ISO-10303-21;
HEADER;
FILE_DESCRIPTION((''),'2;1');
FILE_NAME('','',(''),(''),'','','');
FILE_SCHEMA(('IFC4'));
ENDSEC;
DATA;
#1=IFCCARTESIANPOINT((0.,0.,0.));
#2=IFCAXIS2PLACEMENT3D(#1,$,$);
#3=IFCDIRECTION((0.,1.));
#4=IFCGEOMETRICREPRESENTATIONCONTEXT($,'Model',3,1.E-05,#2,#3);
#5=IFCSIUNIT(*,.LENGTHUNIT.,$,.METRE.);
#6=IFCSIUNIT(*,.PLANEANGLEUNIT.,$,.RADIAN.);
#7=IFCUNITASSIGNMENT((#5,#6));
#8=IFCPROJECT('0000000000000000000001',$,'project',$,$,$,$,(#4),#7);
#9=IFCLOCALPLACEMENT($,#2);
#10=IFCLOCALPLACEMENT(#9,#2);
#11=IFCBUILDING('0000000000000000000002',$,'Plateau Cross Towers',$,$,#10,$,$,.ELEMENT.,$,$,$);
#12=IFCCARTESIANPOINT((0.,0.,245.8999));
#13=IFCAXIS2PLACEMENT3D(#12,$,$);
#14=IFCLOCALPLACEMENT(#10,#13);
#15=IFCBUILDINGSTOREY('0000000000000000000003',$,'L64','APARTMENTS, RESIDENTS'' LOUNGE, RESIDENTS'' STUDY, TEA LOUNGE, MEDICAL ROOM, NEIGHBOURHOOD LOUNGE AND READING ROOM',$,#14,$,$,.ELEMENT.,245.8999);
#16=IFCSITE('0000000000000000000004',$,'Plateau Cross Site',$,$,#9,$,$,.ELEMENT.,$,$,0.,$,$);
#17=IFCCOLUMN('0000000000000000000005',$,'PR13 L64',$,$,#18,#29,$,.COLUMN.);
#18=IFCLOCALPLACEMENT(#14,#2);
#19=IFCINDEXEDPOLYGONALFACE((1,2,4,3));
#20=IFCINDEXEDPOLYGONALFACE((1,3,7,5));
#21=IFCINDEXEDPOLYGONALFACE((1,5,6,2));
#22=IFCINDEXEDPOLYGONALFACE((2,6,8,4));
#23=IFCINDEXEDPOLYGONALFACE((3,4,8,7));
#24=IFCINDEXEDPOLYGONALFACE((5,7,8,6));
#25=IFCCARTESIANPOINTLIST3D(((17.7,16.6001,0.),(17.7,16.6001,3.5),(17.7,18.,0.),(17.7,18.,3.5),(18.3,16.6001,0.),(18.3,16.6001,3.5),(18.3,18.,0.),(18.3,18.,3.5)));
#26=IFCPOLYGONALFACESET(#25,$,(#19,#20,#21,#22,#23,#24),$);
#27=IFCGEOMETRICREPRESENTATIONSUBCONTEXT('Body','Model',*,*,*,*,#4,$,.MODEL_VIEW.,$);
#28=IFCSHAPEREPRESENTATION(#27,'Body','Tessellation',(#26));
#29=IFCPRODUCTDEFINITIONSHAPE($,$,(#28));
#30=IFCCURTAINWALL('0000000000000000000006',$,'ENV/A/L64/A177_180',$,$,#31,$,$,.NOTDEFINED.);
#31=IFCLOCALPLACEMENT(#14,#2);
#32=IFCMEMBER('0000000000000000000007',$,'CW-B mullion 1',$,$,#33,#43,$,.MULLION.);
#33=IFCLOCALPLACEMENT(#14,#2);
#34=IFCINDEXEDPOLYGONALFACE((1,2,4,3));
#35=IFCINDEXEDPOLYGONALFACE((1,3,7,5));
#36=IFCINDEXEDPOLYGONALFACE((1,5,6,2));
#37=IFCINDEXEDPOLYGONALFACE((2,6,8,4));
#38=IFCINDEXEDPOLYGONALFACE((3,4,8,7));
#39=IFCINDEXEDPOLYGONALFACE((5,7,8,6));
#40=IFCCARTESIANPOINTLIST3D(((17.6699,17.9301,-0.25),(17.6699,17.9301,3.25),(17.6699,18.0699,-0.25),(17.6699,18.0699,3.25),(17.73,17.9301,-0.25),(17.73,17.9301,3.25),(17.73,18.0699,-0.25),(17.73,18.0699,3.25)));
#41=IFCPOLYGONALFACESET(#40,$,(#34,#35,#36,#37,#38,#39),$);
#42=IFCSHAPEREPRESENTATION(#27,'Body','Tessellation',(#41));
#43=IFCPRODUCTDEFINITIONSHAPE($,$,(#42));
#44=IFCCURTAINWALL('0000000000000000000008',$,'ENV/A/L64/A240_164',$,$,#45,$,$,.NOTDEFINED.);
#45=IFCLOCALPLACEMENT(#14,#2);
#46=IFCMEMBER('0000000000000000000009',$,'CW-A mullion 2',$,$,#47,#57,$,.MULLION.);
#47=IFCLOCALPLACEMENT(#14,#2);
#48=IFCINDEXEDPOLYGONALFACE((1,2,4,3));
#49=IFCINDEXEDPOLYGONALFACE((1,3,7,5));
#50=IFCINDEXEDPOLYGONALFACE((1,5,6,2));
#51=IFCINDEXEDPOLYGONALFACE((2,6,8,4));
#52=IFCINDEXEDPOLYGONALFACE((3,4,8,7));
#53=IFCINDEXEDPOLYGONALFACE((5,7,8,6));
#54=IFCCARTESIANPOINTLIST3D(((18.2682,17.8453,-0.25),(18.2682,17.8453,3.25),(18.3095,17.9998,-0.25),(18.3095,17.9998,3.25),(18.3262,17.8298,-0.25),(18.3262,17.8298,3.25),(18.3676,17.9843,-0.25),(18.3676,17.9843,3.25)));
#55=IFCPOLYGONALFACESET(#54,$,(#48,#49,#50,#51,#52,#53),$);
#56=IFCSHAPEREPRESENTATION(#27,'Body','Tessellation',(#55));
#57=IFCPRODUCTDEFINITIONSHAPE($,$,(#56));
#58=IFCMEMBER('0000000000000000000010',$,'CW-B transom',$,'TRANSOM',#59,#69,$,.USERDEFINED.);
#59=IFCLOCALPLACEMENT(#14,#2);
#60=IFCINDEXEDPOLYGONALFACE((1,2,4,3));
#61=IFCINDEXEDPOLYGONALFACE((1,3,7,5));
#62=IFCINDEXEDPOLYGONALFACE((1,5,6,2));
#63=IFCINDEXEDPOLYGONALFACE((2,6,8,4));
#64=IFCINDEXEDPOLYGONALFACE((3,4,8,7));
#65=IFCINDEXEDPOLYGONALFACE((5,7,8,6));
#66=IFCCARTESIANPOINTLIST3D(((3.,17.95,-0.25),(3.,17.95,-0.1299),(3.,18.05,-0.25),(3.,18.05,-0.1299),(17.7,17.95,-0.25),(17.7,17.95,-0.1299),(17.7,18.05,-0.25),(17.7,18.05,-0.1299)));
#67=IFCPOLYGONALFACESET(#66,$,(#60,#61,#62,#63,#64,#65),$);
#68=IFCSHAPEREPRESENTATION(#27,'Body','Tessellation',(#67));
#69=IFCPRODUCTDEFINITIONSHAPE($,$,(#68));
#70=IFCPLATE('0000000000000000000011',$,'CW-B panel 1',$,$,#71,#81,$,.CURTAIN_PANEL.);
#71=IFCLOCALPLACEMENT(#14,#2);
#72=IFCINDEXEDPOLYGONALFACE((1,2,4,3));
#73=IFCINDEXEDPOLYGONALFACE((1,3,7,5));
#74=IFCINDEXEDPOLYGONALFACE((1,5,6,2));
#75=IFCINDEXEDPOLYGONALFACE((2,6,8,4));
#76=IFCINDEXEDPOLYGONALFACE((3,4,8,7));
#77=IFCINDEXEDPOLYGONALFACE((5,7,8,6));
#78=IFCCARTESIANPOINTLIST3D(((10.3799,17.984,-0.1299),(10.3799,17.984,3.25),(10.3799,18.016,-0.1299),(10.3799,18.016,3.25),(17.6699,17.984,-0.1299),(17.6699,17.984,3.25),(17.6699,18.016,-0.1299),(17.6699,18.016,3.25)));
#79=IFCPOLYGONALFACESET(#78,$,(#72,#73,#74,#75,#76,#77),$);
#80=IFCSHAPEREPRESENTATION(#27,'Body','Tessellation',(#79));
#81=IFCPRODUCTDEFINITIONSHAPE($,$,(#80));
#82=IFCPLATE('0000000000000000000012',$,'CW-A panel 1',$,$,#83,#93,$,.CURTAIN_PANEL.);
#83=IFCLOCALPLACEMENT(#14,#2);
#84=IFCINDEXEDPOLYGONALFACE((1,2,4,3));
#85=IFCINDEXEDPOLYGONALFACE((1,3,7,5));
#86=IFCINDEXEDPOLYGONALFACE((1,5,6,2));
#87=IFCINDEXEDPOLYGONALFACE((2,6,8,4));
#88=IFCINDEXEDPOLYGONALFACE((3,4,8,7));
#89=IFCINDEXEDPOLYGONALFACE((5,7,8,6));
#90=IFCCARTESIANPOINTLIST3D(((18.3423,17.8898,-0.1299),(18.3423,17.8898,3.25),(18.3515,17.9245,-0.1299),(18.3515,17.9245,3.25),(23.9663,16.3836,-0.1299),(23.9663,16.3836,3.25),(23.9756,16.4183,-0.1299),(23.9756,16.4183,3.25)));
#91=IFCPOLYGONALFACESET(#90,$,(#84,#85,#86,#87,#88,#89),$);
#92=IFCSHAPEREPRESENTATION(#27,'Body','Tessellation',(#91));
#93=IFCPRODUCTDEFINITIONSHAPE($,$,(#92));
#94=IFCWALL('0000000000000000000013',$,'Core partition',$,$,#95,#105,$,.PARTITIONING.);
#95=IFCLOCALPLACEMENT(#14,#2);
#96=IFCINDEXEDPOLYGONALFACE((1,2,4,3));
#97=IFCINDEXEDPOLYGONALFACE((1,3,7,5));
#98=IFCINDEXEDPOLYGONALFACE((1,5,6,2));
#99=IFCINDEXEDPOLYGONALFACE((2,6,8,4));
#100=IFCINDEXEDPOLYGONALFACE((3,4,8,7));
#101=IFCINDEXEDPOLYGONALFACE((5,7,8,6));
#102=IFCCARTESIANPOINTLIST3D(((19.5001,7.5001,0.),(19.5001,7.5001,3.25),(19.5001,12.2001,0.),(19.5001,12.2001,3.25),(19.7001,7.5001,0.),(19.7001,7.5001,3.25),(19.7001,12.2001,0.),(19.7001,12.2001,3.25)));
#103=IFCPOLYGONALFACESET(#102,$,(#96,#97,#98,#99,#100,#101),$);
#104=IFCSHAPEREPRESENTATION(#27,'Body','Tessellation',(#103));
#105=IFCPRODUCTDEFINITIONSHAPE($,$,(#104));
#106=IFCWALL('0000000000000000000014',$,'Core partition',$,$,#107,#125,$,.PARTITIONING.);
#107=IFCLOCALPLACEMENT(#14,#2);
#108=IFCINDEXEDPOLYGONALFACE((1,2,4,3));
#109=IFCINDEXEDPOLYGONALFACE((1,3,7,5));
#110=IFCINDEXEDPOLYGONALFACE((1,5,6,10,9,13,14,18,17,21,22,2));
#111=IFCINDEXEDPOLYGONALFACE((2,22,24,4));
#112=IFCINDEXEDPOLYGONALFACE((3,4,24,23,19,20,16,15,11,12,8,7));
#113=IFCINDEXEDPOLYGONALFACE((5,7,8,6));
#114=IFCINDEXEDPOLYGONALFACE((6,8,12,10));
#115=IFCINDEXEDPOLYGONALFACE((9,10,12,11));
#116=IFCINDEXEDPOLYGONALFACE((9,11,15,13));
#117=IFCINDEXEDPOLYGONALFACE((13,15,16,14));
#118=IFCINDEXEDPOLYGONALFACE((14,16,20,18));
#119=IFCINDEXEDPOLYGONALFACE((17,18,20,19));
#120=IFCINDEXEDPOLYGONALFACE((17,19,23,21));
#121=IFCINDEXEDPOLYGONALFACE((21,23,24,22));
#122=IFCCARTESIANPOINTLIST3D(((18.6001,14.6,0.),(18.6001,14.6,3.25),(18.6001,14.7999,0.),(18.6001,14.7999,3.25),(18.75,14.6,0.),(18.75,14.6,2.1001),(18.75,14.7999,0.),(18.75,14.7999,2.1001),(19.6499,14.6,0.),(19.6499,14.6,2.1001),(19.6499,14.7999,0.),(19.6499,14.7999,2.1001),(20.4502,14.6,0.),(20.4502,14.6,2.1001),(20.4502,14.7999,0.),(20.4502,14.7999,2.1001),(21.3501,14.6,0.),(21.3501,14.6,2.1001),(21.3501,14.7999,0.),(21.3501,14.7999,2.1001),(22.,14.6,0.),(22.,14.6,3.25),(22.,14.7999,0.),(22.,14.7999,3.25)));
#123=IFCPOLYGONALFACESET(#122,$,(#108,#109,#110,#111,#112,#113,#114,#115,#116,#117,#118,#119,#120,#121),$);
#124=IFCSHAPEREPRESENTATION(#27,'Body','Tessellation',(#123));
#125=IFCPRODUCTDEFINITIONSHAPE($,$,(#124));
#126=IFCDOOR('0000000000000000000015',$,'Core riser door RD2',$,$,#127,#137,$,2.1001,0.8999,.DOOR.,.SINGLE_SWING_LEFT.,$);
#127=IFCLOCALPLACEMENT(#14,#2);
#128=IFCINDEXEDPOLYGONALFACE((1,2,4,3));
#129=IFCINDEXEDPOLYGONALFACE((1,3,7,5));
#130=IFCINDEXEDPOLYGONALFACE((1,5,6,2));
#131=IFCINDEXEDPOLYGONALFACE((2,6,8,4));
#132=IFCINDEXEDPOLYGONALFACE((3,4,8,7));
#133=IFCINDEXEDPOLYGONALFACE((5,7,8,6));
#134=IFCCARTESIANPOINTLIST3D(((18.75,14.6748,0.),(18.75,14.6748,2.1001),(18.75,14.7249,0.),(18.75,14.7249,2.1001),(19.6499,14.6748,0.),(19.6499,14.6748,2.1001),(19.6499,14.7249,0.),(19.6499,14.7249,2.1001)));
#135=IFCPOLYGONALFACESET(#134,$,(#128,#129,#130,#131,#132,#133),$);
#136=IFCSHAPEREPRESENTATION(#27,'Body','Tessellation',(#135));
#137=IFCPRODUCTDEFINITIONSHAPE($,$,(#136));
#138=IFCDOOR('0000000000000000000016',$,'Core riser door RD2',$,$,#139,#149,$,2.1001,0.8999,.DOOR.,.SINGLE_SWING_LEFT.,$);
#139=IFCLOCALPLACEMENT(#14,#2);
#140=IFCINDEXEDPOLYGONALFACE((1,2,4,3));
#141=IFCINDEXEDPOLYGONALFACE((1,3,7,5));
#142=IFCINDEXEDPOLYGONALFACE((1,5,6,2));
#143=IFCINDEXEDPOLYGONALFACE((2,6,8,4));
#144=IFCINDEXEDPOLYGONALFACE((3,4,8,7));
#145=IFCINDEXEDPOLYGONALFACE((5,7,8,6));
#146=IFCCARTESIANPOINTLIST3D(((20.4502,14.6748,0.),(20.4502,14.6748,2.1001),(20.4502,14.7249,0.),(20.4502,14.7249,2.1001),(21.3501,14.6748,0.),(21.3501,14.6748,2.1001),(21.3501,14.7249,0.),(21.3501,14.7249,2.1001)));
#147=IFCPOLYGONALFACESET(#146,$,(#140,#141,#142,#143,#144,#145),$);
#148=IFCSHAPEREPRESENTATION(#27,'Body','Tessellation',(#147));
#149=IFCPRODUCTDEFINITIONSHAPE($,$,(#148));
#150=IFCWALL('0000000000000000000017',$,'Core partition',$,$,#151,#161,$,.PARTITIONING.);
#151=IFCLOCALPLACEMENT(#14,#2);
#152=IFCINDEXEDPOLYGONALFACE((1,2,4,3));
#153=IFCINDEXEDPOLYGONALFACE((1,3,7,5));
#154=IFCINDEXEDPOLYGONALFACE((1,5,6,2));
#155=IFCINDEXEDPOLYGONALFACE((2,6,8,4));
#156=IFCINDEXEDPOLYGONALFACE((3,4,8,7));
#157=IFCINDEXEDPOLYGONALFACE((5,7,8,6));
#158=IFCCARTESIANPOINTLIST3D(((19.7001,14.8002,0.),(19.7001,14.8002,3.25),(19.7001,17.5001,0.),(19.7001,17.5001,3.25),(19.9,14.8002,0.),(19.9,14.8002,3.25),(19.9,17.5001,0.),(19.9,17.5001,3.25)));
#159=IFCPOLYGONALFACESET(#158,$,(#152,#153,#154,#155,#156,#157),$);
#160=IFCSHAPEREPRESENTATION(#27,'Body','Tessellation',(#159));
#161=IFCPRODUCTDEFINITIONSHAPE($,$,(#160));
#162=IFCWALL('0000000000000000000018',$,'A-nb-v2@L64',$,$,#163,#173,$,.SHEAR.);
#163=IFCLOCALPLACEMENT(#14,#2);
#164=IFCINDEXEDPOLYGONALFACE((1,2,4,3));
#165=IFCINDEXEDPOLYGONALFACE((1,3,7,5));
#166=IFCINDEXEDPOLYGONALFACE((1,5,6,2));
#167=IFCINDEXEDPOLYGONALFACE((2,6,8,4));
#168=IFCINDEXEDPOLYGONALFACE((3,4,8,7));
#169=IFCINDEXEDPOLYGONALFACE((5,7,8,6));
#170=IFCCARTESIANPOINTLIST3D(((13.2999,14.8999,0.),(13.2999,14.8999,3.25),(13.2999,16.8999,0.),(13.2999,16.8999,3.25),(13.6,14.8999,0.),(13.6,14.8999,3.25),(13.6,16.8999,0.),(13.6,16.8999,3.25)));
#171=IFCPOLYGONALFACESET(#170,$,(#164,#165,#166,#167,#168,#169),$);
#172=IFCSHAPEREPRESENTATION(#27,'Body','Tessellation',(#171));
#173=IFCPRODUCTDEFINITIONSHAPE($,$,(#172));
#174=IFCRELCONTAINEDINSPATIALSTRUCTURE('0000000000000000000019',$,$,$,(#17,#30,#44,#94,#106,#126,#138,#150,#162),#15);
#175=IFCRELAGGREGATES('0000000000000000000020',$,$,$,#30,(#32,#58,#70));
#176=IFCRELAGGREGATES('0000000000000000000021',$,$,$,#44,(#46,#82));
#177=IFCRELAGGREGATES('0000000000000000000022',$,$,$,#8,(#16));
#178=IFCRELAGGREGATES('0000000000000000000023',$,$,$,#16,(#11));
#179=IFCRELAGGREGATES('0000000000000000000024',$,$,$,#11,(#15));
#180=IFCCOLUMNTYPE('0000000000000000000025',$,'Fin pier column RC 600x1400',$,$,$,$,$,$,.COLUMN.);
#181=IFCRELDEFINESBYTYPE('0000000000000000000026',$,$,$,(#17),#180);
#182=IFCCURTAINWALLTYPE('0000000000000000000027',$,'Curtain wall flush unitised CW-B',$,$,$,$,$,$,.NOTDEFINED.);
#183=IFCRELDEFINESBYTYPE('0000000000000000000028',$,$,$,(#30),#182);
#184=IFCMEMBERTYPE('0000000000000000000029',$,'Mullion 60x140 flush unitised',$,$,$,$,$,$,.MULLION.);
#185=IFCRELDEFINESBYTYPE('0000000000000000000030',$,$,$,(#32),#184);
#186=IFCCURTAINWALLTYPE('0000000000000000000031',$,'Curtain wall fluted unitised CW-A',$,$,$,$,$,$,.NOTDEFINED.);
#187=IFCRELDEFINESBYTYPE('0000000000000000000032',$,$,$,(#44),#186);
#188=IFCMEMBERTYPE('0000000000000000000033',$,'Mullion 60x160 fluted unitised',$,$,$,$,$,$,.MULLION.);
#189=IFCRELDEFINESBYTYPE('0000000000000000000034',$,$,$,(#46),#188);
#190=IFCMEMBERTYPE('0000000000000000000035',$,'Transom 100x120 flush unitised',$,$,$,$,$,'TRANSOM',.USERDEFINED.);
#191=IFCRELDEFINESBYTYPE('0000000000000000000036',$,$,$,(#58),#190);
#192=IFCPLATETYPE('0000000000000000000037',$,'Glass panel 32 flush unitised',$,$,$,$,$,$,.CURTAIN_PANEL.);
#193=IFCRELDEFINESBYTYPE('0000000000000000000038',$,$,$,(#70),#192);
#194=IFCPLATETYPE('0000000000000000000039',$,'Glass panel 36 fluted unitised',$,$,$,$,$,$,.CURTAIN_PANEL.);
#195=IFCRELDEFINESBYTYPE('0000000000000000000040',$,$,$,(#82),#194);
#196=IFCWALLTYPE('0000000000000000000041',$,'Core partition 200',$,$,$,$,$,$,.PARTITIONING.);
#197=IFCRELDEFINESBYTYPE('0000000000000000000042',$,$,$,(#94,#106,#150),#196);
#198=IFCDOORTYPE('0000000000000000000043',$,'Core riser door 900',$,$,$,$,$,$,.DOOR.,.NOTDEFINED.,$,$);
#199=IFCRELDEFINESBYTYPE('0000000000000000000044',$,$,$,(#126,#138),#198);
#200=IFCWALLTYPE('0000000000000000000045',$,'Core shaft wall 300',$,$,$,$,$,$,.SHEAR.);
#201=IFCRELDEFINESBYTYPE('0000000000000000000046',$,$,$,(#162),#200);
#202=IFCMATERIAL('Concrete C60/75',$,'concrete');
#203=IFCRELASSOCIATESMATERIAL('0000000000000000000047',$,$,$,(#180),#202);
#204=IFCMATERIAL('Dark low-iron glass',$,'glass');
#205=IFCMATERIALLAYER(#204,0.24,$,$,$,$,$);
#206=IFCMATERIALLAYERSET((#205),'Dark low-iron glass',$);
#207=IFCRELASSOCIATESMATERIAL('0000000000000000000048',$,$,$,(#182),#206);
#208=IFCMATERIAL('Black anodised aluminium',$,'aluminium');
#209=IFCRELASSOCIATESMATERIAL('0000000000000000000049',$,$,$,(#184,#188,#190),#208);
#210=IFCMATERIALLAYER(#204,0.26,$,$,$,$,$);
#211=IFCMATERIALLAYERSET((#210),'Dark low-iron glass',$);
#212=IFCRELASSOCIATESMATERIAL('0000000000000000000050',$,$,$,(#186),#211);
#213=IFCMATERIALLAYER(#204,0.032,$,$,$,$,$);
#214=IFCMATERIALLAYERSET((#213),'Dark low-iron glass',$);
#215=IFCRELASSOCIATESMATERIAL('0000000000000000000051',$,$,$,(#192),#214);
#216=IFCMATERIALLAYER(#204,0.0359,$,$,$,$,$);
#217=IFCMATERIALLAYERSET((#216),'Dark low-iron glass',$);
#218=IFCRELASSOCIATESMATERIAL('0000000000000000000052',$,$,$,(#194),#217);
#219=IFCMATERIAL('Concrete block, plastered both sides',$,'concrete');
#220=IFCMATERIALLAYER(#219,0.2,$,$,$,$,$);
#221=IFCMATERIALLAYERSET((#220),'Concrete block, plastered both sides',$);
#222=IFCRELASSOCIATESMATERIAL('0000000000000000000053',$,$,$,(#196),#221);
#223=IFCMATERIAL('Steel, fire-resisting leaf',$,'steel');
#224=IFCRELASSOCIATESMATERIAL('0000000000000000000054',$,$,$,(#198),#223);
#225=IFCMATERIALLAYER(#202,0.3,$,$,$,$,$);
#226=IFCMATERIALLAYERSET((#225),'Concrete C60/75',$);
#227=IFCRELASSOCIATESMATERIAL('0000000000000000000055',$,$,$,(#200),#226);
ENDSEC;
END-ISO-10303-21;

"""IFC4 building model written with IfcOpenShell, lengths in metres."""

from ifc_helpers import new_model, si_unit, direction, frame, frame_2d, origin, origin_2d, place, context, subcontext, project, spatial, rectangle, extrude, material, layer, layer_set, material_profile, profile_set, type_object, element, fill, aggregate, save


model = new_model("IFC4")

# Units and contexts
model_context = context("Model", 3, precision=1e-05, world=origin(), true_north=direction((0.0, 1.0)))
body_context = subcontext(model_context, "Body", "Model", "MODEL_VIEW")
ifc_project = project(units=[si_unit("LENGTHUNIT", "METRE"), si_unit("PLANEANGLEUNIT", "RADIAN")], contexts=[model_context])

# Site, building, storey
site_placement = place(None, origin())
site = spatial("IfcSite", under=ifc_project, at=site_placement, Name="Plateau Cross Site", CompositionType="ELEMENT", RefElevation=0.0)
building_placement = place(site_placement, origin())
building = spatial("IfcBuilding", under=site, at=building_placement, Name="Plateau Cross Towers", CompositionType="ELEMENT")
storey_placement = place(building_placement, frame((0.0, 0.0, 245.8999)))
storey = spatial("IfcBuildingStorey", under=building, at=storey_placement, Name="L64", Description="APARTMENTS, RESIDENTS' LOUNGE, RESIDENTS' STUDY, TEA LOUNGE, MEDICAL ROOM, NEIGHBOURHOOD LOUNGE AND READING ROOM", CompositionType="ELEMENT", Elevation=245.8999)

# Column
ifc_material_1 = material(Name="Concrete C60/75", Category="concrete")
ifc_material_profile_1 = material_profile(ifc_material_1, rectangle(XDim=0.6001, YDim=1.3999, at=origin_2d()), Name="RC 600x1400")
ifc_profile_set_1 = profile_set([ifc_material_profile_1], Name="Concrete C60/75")
column_type = type_object("IfcColumnType", Name="Fin pier column RC 600x1400", PredefinedType="COLUMN", material=ifc_profile_set_1)
column_placement = place(storey_placement, frame((18.0, 17.3, 0.0), z_axis=(0.0, 0.0, 1.0), x_axis=(1.0, 0.0, 0.0)))
element("IfcColumn", 1, at=column_placement, inside=storey, type_object=column_type, Name="PR13 L64", PredefinedType="COLUMN", context=body_context, shape_type="SweptSolid", body=[
    extrude(rectangle(XDim=0.6001, YDim=1.3999, at=origin_2d()), origin(), (0.0, 0.0, 1.0), 3.5),
])

# Curtain walls, members
ifc_material_2 = material(Name="Dark low-iron glass", Category="glass")
ifc_layer_1 = layer(ifc_material_2, 0.24)
ifc_layer_set_1 = layer_set([ifc_layer_1], Name="Dark low-iron glass")
curtain_wall_type_1 = type_object("IfcCurtainWallType", Name="Curtain wall flush unitised CW-B", PredefinedType="NOTDEFINED", material=ifc_layer_set_1)
curtain_wall_1_placement = place(storey_placement, origin())
curtain_wall_1 = element("IfcCurtainWall", 2, at=curtain_wall_1_placement, inside=storey, type_object=curtain_wall_type_1, Name="ENV/A/L64/A177_180", PredefinedType="NOTDEFINED")
ifc_material_3 = material(Name="Black anodised aluminium", Category="aluminium")
ifc_material_profile_2 = material_profile(ifc_material_3, rectangle(XDim=0.0601, YDim=0.1399, at=origin_2d()), Name="MULLION 60x140")
ifc_profile_set_2 = profile_set([ifc_material_profile_2], Name="Black anodised aluminium")
member_type_1 = type_object("IfcMemberType", Name="Mullion 60x140 flush unitised", PredefinedType="MULLION", material=ifc_profile_set_2)
member_1_placement = place(storey_placement, frame((17.7, 18.0, -0.25), z_axis=(0.0, 0.0, 1.0), x_axis=(-1.0, 0.0, 0.0)))
member_1 = element("IfcMember", 3, at=member_1_placement, type_object=member_type_1, Name="CW-B mullion 1", PredefinedType="MULLION", context=body_context, shape_type="SweptSolid", body=[
    extrude(rectangle(XDim=0.0601, YDim=0.1399, at=origin_2d()), origin(), (0.0, 0.0, 1.0), 3.5),
])
ifc_layer_2 = layer(ifc_material_2, 0.26)
ifc_layer_set_2 = layer_set([ifc_layer_2], Name="Dark low-iron glass")
curtain_wall_type_2 = type_object("IfcCurtainWallType", Name="Curtain wall fluted unitised CW-A", PredefinedType="NOTDEFINED", material=ifc_layer_set_2)
curtain_wall_2_placement = place(storey_placement, origin())
curtain_wall_2 = element("IfcCurtainWall", 4, at=curtain_wall_2_placement, inside=storey, type_object=curtain_wall_type_2, Name="ENV/A/L64/A240_164", PredefinedType="NOTDEFINED")
ifc_material_profile_3 = material_profile(ifc_material_3, rectangle(XDim=0.0601, YDim=0.1599, at=origin_2d()), Name="MULLION 60x160")
ifc_profile_set_3 = profile_set([ifc_material_profile_3], Name="Black anodised aluminium")
member_type_2 = type_object("IfcMemberType", Name="Mullion 60x160 fluted unitised", PredefinedType="MULLION", material=ifc_profile_set_3)
member_2_placement = place(storey_placement, frame((18.3179, 17.9148, -0.25), z_axis=(0.0, 0.0, 1.0), x_axis=(-0.965958, 0.258699, 0.0)))
member_2 = element("IfcMember", 5, at=member_2_placement, type_object=member_type_2, Name="CW-A mullion 2", PredefinedType="MULLION", context=body_context, shape_type="SweptSolid", body=[
    extrude(rectangle(XDim=0.0601, YDim=0.1599, at=origin_2d()), origin(), (0.0, 0.0, 1.0), 3.5),
])

# Member
ifc_material_profile_4 = material_profile(ifc_material_3, rectangle(XDim=0.1001, YDim=0.1201, at=origin_2d()), Name="TRANSOM 100x120")
ifc_profile_set_4 = profile_set([ifc_material_profile_4], Name="Black anodised aluminium")
member_type_3 = type_object("IfcMemberType", Name="Transom 100x120 flush unitised", ElementType="TRANSOM", PredefinedType="USERDEFINED", material=ifc_profile_set_4)
member_3_placement = place(storey_placement, frame((17.7, 18.0, -0.1899), z_axis=(-1.0, 0.0, 0.0), x_axis=(0.0, -1.0, 0.0)))
member_3 = element("IfcMember", 6, at=member_3_placement, type_object=member_type_3, Name="CW-B transom", ObjectType="TRANSOM", PredefinedType="USERDEFINED", context=body_context, shape_type="SweptSolid", body=[
    extrude(rectangle(XDim=0.1001, YDim=0.1201, at=origin_2d()), origin(), (0.0, 0.0, 1.0), 14.7),
])

# Plates
ifc_layer_3 = layer(ifc_material_2, 0.032)
ifc_layer_set_3 = layer_set([ifc_layer_3], Name="Dark low-iron glass")
plate_type_1 = type_object("IfcPlateType", Name="Glass panel 32 flush unitised", PredefinedType="CURTAIN_PANEL", material=ifc_layer_set_3)
plate_1_placement = place(storey_placement, frame((14.0249, 18.0, -0.1299), z_axis=(0.0, 0.0, 1.0), x_axis=(-1.0, 0.0, 0.0)))
plate_1 = element("IfcPlate", 7, at=plate_1_placement, type_object=plate_type_1, Name="CW-B panel 1", PredefinedType="CURTAIN_PANEL", context=body_context, shape_type="SweptSolid", body=[
    extrude(rectangle(XDim=7.29, YDim=0.032, at=origin_2d()), origin(), (0.0, 0.0, 1.0), 3.3799),
])
aggregate(curtain_wall_1, [member_1, member_3, plate_1])
ifc_layer_4 = layer(ifc_material_2, 0.0359)
ifc_layer_set_4 = layer_set([ifc_layer_4], Name="Dark low-iron glass")
plate_type_2 = type_object("IfcPlateType", Name="Glass panel 36 fluted unitised", PredefinedType="CURTAIN_PANEL", material=ifc_layer_set_4)
plate_2_placement = place(storey_placement, frame((21.1589, 17.1541, -0.1299), z_axis=(0.0, 0.0, 1.0), x_axis=(-0.965958, 0.258699, 0.0)))
plate_2 = element("IfcPlate", 8, at=plate_2_placement, type_object=plate_type_2, Name="CW-A panel 1", PredefinedType="CURTAIN_PANEL", context=body_context, shape_type="SweptSolid", body=[
    extrude(rectangle(XDim=5.8223, YDim=0.0359, at=origin_2d()), origin(), (0.0, 0.0, 1.0), 3.3799),
])
aggregate(curtain_wall_2, [member_2, plate_2])

# Wall
ifc_material_4 = material(Name="Concrete block, plastered both sides", Category="concrete")
ifc_layer_5 = layer(ifc_material_4, 0.2)
ifc_layer_set_5 = layer_set([ifc_layer_5], Name="Concrete block, plastered both sides")
wall_type_1 = type_object("IfcWallType", Name="Core partition 200", PredefinedType="PARTITIONING", material=ifc_layer_set_5)
wall_1_placement = place(storey_placement, frame((19.6001, 7.5, 0.0), z_axis=(0.0, 0.0, 1.0), x_axis=(0.0, 1.0, 0.0)))
element("IfcWall", 9, at=wall_1_placement, inside=storey, type_object=wall_type_1, Name="Core partition", PredefinedType="PARTITIONING", context=body_context, shape_type="SweptSolid", body=[
    extrude(rectangle(XDim=4.7, YDim=0.2, at=frame_2d((2.3501, 0.0))), origin(), (0.0, 0.0, 1.0), 3.25),
])

# Wall, openings, doors
wall_2_placement = place(storey_placement, frame((18.6001, 14.7, 0.0), z_axis=(0.0, 0.0, 1.0), x_axis=(1.0, 0.0, 0.0)))
wall_2 = element("IfcWall", 10, at=wall_2_placement, inside=storey, type_object=wall_type_1, Name="Core partition", PredefinedType="PARTITIONING", context=body_context, shape_type="SweptSolid", body=[
    extrude(rectangle(XDim=3.3999, YDim=0.2, at=frame_2d((1.7, 0.0))), origin(), (0.0, 0.0, 1.0), 3.25),
])
opening_1_placement = place(wall_2_placement, frame((0.1499, 0.0, 0.0)))
opening_1 = element("IfcOpeningElement", 11, at=opening_1_placement, cuts=wall_2, PredefinedType="OPENING", context=body_context, shape_type="SweptSolid", body=[
    extrude(rectangle(XDim=0.8999, YDim=2.1001, at=frame_2d((0.45, 1.05))), frame((0.0, 0.1099, 0.0), z_axis=(0.0, -1.0, 0.0), x_axis=(1.0, 0.0, 0.0)), (0.0, 0.0, 1.0), 0.22),
])
opening_2_placement = place(wall_2_placement, frame((1.8501, 0.0, 0.0)))
opening_2 = element("IfcOpeningElement", 12, at=opening_2_placement, cuts=wall_2, PredefinedType="OPENING", context=body_context, shape_type="SweptSolid", body=[
    extrude(rectangle(XDim=0.8999, YDim=2.1001, at=frame_2d((0.45, 1.05))), frame((0.0, 0.1099, 0.0), z_axis=(0.0, -1.0, 0.0), x_axis=(1.0, 0.0, 0.0)), (0.0, 0.0, 1.0), 0.22),
])
ifc_material_5 = material(Name="Steel, fire-resisting leaf", Category="steel")
door_type_1 = type_object("IfcDoorType", Name="Core riser door 900", OperationType="NOTDEFINED", PredefinedType="DOOR", material=ifc_material_5)
door_1_placement = place(opening_1_placement, origin())
door_1 = element("IfcDoor", 13, at=door_1_placement, inside=storey, type_object=door_type_1, Name="Core riser door RD2", OperationType="SINGLE_SWING_LEFT", OverallHeight=2.1001, OverallWidth=0.8999, PredefinedType="DOOR", context=body_context, shape_type="SweptSolid", body=[
    extrude(rectangle(XDim=0.8999, YDim=2.1001, at=frame_2d((0.45, 1.05))), frame((0.0, 0.0249, 0.0), z_axis=(0.0, -1.0, 0.0), x_axis=(1.0, 0.0, 0.0)), (0.0, 0.0, 1.0), 0.05),
])
fill(opening_1, door_1)
door_2_placement = place(opening_2_placement, origin())
door_2 = element("IfcDoor", 14, at=door_2_placement, inside=storey, type_object=door_type_1, Name="Core riser door RD2", OperationType="SINGLE_SWING_LEFT", OverallHeight=2.1001, OverallWidth=0.8999, PredefinedType="DOOR", context=body_context, shape_type="SweptSolid", body=[
    extrude(rectangle(XDim=0.8999, YDim=2.1001, at=frame_2d((0.45, 1.05))), frame((0.0, 0.0249, 0.0), z_axis=(0.0, -1.0, 0.0), x_axis=(1.0, 0.0, 0.0)), (0.0, 0.0, 1.0), 0.05),
])
fill(opening_2, door_2)

# Walls
wall_3_placement = place(storey_placement, frame((19.8, 14.8, 0.0), z_axis=(0.0, 0.0, 1.0), x_axis=(0.0, 1.0, 0.0)))
element("IfcWall", 15, at=wall_3_placement, inside=storey, type_object=wall_type_1, Name="Core partition", PredefinedType="PARTITIONING", context=body_context, shape_type="SweptSolid", body=[
    extrude(rectangle(XDim=2.7, YDim=0.2, at=frame_2d((1.3501, 0.0))), origin(), (0.0, 0.0, 1.0), 3.25),
])
ifc_layer_6 = layer(ifc_material_1, 0.3)
ifc_layer_set_6 = layer_set([ifc_layer_6], Name="Concrete C60/75")
wall_type_2 = type_object("IfcWallType", Name="Core shaft wall 300", PredefinedType="SHEAR", material=ifc_layer_set_6)
for number, where, z_axis, x_axis, name in (
    (16, (13.45, 14.8999, 0.0), (0.0, 0.0, 1.0), (0.0, 1.0, 0.0), "A-nb-v2@L64"),
):
    element("IfcWall", number, at=place(storey_placement, frame(where, z_axis=z_axis, x_axis=x_axis)), inside=storey, type_object=wall_type_2, Name=name, PredefinedType="SHEAR", context=body_context, shape_type="SweptSolid", body=[
        extrude(rectangle(XDim=2.0, YDim=0.3, at=frame_2d((1.0, 0.0))), origin(), (0.0, 0.0, 1.0), 3.25),
    ])

save(model, "model.ifc")
